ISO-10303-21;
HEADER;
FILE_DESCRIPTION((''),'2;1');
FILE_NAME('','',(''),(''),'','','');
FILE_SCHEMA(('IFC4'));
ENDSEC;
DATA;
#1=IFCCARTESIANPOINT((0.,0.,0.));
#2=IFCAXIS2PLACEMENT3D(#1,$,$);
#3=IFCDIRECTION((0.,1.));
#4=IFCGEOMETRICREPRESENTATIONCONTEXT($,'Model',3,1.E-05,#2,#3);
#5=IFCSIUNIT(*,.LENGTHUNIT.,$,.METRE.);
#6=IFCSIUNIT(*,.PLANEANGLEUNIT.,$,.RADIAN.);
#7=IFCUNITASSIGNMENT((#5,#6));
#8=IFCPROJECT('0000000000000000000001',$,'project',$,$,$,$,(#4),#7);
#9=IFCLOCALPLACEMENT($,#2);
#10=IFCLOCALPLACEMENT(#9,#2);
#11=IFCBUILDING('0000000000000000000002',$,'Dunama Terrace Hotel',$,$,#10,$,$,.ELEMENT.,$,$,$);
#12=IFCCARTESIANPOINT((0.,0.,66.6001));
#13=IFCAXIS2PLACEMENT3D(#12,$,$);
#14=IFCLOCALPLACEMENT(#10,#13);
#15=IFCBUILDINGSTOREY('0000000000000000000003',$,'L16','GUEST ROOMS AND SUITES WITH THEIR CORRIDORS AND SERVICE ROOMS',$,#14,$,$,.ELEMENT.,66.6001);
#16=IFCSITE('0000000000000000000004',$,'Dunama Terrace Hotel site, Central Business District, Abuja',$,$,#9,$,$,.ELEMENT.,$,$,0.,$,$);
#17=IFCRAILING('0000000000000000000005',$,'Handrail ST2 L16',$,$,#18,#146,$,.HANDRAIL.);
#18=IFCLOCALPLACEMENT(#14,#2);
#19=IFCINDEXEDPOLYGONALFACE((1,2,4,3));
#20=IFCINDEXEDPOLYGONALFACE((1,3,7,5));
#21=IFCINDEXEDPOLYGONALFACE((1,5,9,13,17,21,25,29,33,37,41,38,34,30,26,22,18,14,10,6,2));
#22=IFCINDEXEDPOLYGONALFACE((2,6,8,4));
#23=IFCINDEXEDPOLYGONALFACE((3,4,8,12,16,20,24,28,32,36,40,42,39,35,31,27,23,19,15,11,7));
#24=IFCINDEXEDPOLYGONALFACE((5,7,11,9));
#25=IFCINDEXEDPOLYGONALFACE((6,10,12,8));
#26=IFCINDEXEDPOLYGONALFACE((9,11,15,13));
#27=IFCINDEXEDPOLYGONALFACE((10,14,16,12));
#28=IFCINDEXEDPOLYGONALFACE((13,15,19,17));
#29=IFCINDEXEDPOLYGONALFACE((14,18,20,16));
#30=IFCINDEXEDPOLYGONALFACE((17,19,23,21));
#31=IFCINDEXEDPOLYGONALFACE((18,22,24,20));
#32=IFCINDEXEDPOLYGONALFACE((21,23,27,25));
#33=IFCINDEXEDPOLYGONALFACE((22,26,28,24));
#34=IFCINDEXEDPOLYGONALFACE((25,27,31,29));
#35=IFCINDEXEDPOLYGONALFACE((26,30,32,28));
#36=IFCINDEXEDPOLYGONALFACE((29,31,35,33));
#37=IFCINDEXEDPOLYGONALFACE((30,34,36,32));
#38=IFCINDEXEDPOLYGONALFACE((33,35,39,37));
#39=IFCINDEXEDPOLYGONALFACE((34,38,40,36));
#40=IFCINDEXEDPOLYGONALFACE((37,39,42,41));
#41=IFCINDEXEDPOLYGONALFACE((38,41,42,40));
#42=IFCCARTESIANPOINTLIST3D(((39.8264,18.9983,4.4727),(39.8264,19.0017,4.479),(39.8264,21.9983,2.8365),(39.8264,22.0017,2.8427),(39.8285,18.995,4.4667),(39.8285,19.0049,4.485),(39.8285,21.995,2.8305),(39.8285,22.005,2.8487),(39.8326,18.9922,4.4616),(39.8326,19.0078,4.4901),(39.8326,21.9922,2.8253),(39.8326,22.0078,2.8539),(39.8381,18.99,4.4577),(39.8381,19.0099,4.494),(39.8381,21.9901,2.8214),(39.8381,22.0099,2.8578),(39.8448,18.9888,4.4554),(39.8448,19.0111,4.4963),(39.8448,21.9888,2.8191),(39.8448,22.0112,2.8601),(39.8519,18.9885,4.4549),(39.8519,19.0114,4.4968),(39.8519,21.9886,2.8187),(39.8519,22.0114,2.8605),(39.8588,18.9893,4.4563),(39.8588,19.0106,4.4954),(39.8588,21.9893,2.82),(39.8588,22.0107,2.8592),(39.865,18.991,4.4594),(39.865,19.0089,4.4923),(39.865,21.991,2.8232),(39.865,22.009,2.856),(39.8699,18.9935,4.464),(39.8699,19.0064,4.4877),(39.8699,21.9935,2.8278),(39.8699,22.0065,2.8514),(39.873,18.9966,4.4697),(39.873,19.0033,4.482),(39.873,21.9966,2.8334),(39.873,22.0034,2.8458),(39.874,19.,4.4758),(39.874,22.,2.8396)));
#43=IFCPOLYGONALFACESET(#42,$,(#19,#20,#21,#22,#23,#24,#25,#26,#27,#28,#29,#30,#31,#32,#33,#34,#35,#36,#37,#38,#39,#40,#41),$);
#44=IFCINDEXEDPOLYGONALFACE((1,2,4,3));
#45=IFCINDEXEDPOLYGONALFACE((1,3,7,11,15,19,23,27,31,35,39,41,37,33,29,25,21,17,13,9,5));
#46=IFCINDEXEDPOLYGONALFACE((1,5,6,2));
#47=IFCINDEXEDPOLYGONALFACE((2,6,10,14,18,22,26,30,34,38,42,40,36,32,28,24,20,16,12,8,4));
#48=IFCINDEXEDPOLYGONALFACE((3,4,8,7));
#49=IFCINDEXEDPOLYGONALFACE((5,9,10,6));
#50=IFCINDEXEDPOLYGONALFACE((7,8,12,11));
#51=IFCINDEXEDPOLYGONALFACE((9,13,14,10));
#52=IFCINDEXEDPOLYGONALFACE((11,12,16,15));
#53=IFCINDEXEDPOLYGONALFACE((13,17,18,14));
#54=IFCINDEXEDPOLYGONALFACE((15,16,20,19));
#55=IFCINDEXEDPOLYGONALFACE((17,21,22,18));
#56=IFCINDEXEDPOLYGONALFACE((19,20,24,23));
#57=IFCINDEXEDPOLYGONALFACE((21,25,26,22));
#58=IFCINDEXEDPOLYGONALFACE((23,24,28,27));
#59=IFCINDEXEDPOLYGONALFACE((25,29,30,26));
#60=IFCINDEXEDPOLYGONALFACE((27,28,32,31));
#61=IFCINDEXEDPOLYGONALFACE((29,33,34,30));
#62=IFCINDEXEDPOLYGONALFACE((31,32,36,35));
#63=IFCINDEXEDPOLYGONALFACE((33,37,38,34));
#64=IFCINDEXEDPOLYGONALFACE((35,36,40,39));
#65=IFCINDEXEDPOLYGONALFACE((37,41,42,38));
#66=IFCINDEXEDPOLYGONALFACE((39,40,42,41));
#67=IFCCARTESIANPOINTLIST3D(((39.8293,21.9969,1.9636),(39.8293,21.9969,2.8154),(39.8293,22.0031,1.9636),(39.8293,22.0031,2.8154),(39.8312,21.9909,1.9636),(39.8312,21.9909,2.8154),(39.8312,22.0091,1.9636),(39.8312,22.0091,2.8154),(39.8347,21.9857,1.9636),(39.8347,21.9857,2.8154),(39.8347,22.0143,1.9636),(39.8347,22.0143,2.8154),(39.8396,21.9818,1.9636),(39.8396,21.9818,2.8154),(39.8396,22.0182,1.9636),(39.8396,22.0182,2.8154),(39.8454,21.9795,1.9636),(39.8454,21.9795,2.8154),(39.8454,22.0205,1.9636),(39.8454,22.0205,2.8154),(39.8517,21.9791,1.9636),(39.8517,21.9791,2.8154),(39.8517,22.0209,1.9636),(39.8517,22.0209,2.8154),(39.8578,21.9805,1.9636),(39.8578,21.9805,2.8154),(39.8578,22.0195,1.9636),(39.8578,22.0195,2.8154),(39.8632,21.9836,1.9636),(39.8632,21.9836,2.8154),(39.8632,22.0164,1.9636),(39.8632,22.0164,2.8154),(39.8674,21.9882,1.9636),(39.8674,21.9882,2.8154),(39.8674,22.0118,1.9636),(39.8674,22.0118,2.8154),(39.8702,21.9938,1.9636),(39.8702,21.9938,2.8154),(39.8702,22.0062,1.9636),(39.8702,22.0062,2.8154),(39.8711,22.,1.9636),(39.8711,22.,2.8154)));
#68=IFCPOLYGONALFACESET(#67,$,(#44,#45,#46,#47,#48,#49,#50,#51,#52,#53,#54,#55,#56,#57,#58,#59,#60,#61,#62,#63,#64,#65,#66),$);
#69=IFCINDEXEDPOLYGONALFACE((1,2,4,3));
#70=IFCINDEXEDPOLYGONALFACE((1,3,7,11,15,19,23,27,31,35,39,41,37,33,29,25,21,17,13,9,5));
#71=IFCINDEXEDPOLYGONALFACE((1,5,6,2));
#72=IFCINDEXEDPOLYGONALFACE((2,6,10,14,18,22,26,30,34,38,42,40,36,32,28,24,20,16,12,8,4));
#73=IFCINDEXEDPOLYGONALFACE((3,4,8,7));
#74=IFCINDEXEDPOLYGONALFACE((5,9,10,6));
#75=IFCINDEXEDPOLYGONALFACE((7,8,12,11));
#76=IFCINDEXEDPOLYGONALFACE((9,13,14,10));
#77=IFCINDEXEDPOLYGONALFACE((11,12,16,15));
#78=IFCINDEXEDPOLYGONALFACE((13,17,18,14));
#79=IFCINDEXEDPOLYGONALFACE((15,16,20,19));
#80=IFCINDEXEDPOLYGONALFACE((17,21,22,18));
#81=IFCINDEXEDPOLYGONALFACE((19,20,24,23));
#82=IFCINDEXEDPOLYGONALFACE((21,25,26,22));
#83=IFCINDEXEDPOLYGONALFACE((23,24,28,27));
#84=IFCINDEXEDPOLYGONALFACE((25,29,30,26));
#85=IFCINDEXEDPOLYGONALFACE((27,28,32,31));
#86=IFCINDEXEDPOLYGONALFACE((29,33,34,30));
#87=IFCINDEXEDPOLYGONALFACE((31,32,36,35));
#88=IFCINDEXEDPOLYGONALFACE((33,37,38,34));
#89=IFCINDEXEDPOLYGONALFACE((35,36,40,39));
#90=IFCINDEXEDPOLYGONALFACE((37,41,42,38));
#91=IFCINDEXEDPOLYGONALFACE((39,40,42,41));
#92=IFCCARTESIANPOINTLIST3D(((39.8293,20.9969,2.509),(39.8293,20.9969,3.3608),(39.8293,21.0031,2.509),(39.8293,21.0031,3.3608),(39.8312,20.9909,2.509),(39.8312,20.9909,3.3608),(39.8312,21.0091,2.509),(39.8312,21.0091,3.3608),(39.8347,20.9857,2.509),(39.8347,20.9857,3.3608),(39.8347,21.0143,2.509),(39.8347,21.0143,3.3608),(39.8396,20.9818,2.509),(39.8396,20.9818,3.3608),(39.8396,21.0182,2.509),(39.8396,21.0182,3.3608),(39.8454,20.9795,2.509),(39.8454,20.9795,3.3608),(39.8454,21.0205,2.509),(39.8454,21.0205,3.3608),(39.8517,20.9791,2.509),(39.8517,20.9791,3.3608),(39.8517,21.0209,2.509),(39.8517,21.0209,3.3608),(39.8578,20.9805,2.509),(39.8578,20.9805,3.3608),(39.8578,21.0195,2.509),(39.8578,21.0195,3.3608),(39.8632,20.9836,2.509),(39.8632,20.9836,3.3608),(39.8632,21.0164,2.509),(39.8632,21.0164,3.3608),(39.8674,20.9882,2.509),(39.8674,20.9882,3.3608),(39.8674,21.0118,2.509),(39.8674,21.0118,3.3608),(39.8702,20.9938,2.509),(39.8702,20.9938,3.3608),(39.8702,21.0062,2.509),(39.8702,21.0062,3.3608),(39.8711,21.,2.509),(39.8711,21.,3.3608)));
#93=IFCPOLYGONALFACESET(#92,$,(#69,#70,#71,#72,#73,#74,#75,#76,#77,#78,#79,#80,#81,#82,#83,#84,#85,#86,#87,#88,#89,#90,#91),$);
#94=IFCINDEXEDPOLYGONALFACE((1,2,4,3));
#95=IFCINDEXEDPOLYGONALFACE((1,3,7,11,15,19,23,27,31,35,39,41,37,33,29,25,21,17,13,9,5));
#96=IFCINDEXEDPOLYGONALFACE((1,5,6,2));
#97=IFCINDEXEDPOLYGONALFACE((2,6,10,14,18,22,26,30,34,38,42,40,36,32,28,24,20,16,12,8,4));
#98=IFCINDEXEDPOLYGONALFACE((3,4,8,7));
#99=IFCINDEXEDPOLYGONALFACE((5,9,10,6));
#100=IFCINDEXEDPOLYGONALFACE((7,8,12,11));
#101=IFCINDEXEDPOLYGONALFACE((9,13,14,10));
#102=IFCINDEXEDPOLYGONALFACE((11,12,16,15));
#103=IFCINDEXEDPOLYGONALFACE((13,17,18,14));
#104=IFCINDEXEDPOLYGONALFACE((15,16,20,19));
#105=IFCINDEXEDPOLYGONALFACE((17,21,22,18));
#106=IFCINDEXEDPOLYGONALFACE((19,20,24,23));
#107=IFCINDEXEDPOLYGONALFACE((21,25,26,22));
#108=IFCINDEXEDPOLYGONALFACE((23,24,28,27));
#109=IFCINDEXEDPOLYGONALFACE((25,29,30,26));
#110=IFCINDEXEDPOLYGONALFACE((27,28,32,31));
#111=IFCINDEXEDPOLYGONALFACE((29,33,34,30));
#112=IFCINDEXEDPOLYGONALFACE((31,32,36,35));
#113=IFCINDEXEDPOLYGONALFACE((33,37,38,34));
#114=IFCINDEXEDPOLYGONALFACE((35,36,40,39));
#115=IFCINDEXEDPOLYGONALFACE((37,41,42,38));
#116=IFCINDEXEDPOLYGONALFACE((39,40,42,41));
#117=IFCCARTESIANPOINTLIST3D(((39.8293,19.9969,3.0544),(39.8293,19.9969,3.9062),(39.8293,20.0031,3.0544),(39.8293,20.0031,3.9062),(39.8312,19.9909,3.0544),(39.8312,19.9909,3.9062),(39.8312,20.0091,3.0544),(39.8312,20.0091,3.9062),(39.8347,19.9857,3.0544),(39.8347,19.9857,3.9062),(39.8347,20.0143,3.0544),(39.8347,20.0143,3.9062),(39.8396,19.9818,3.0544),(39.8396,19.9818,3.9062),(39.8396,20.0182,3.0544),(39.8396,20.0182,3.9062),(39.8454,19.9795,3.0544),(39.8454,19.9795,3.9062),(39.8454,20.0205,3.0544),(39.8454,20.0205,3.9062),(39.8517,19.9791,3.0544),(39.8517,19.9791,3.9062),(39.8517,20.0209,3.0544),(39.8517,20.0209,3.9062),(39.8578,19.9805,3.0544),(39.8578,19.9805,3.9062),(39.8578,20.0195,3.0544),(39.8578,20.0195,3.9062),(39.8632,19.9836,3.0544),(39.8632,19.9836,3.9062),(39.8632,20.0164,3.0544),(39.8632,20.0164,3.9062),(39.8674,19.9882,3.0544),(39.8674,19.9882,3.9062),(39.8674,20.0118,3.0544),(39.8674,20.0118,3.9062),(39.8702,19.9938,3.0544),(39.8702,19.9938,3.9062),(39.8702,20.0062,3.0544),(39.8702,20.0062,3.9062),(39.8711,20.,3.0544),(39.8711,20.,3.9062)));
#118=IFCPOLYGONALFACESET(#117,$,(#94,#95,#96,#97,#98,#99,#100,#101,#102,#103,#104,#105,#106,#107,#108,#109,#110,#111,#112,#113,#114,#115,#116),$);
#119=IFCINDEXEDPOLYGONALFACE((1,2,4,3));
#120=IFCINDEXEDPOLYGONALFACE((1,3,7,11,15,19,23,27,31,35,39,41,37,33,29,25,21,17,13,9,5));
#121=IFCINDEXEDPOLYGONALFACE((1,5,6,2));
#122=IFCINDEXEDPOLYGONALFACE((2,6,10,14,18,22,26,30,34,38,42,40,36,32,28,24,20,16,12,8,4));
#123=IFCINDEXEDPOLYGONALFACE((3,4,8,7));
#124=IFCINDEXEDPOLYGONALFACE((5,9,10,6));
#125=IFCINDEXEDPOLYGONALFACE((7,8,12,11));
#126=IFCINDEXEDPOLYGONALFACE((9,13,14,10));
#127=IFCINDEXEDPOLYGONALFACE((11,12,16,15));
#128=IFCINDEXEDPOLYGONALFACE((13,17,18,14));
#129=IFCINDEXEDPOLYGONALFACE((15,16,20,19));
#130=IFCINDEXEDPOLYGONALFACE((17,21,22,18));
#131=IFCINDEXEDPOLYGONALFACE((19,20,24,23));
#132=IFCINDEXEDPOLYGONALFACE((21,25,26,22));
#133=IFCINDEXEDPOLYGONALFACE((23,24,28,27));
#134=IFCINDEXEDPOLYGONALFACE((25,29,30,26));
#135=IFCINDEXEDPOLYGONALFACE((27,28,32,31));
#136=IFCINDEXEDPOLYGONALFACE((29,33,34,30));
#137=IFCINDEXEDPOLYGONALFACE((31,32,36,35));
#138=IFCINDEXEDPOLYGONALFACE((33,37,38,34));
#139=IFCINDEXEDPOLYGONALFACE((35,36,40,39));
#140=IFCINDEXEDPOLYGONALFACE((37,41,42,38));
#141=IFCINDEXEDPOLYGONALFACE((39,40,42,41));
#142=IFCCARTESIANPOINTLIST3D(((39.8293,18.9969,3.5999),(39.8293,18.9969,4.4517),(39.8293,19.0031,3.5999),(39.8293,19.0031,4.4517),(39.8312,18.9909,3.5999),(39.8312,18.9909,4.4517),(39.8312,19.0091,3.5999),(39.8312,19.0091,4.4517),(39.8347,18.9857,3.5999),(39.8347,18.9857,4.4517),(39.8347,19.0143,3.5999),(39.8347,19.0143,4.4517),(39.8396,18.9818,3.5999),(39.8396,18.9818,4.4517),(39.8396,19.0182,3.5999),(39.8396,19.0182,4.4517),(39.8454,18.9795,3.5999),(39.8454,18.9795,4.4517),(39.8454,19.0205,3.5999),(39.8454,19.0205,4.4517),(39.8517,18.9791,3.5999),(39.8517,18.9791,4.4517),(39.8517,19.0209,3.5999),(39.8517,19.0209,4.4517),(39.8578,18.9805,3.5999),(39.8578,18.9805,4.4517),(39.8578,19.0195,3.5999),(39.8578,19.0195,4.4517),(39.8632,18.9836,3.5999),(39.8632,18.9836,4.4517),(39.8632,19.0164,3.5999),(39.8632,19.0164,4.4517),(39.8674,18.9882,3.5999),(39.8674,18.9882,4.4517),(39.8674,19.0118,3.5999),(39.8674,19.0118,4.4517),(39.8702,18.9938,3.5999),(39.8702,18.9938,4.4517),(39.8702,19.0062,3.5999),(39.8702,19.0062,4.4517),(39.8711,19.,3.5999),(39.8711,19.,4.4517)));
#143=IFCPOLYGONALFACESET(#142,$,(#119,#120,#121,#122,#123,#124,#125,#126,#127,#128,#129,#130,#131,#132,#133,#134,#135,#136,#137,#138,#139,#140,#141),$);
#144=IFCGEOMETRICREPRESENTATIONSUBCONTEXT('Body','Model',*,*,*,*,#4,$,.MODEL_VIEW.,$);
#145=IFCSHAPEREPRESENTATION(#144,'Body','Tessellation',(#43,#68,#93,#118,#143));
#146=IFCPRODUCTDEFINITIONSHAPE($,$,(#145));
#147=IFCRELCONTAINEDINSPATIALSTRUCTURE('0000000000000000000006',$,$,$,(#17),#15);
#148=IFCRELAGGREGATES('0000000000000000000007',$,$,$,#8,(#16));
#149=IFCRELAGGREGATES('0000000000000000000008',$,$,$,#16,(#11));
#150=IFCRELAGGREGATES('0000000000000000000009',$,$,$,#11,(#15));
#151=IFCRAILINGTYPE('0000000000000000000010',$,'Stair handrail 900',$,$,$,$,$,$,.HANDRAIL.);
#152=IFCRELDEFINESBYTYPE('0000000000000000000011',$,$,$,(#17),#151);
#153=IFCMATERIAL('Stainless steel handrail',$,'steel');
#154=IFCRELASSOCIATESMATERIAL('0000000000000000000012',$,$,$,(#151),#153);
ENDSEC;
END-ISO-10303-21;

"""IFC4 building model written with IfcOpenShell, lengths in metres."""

from ifc_helpers import new_model, si_unit, direction, frame, origin, origin_2d, place, context, subcontext, project, spatial, circle, extrude, material, type_object, element, save


model = new_model("IFC4")

# Units and contexts
model_context = context("Model", 3, precision=1e-05, world=origin(), true_north=direction((0.0, 1.0)))
body_context = subcontext(model_context, "Body", "Model", "MODEL_VIEW")
ifc_project = project(units=[si_unit("LENGTHUNIT", "METRE"), si_unit("PLANEANGLEUNIT", "RADIAN")], contexts=[model_context])

# Site, building, storey
site_placement = place(None, origin())
site = spatial("IfcSite", under=ifc_project, at=site_placement, Name="Dunama Terrace Hotel site, Central Business District, Abuja", CompositionType="ELEMENT", RefElevation=0.0)
building_placement = place(site_placement, origin())
building = spatial("IfcBuilding", under=site, at=building_placement, Name="Dunama Terrace Hotel", CompositionType="ELEMENT")
storey_placement = place(building_placement, frame((0.0, 0.0, 66.6001)))
storey = spatial("IfcBuildingStorey", under=building, at=storey_placement, Name="L16", Description="GUEST ROOMS AND SUITES WITH THEIR CORRIDORS AND SERVICE ROOMS", CompositionType="ELEMENT", Elevation=66.6001)

# Railing
ifc_material_1 = material(Name="Stainless steel handrail", Category="steel")
railing_type = type_object("IfcRailingType", Name="Stair handrail 900", PredefinedType="HANDRAIL", material=ifc_material_1)
railing_1_placement = place(storey_placement, frame((39.8501, 22.0, 1.9636)))
element("IfcRailing", 1, at=railing_1_placement, inside=storey, type_object=railing_type, Name="Handrail ST2 L16", PredefinedType="HANDRAIL", context=body_context, shape_type="SweptSolid", body=[
    extrude(circle(Radius=0.0239, at=origin_2d()), frame((0.0, 0.0, 0.876), z_axis=(0.0, -0.877912, 0.478822), x_axis=(1.0, 0.0, 0.0)), (0.0, 0.0, 1.0), 3.4172),
    extrude(circle(Radius=0.021, at=origin_2d()), origin(), (0.0, 0.0, 1.0), 0.8518),
    extrude(circle(Radius=0.021, at=origin_2d()), frame((0.0, -1.0, 0.5454)), (0.0, 0.0, 1.0), 0.8518),
    extrude(circle(Radius=0.021, at=origin_2d()), frame((0.0, -2.0, 1.0908)), (0.0, 0.0, 1.0), 0.8518),
    extrude(circle(Radius=0.021, at=origin_2d()), frame((0.0, -3.0, 1.6362)), (0.0, 0.0, 1.0), 0.8518),
])

save(model, "model.ifc")
